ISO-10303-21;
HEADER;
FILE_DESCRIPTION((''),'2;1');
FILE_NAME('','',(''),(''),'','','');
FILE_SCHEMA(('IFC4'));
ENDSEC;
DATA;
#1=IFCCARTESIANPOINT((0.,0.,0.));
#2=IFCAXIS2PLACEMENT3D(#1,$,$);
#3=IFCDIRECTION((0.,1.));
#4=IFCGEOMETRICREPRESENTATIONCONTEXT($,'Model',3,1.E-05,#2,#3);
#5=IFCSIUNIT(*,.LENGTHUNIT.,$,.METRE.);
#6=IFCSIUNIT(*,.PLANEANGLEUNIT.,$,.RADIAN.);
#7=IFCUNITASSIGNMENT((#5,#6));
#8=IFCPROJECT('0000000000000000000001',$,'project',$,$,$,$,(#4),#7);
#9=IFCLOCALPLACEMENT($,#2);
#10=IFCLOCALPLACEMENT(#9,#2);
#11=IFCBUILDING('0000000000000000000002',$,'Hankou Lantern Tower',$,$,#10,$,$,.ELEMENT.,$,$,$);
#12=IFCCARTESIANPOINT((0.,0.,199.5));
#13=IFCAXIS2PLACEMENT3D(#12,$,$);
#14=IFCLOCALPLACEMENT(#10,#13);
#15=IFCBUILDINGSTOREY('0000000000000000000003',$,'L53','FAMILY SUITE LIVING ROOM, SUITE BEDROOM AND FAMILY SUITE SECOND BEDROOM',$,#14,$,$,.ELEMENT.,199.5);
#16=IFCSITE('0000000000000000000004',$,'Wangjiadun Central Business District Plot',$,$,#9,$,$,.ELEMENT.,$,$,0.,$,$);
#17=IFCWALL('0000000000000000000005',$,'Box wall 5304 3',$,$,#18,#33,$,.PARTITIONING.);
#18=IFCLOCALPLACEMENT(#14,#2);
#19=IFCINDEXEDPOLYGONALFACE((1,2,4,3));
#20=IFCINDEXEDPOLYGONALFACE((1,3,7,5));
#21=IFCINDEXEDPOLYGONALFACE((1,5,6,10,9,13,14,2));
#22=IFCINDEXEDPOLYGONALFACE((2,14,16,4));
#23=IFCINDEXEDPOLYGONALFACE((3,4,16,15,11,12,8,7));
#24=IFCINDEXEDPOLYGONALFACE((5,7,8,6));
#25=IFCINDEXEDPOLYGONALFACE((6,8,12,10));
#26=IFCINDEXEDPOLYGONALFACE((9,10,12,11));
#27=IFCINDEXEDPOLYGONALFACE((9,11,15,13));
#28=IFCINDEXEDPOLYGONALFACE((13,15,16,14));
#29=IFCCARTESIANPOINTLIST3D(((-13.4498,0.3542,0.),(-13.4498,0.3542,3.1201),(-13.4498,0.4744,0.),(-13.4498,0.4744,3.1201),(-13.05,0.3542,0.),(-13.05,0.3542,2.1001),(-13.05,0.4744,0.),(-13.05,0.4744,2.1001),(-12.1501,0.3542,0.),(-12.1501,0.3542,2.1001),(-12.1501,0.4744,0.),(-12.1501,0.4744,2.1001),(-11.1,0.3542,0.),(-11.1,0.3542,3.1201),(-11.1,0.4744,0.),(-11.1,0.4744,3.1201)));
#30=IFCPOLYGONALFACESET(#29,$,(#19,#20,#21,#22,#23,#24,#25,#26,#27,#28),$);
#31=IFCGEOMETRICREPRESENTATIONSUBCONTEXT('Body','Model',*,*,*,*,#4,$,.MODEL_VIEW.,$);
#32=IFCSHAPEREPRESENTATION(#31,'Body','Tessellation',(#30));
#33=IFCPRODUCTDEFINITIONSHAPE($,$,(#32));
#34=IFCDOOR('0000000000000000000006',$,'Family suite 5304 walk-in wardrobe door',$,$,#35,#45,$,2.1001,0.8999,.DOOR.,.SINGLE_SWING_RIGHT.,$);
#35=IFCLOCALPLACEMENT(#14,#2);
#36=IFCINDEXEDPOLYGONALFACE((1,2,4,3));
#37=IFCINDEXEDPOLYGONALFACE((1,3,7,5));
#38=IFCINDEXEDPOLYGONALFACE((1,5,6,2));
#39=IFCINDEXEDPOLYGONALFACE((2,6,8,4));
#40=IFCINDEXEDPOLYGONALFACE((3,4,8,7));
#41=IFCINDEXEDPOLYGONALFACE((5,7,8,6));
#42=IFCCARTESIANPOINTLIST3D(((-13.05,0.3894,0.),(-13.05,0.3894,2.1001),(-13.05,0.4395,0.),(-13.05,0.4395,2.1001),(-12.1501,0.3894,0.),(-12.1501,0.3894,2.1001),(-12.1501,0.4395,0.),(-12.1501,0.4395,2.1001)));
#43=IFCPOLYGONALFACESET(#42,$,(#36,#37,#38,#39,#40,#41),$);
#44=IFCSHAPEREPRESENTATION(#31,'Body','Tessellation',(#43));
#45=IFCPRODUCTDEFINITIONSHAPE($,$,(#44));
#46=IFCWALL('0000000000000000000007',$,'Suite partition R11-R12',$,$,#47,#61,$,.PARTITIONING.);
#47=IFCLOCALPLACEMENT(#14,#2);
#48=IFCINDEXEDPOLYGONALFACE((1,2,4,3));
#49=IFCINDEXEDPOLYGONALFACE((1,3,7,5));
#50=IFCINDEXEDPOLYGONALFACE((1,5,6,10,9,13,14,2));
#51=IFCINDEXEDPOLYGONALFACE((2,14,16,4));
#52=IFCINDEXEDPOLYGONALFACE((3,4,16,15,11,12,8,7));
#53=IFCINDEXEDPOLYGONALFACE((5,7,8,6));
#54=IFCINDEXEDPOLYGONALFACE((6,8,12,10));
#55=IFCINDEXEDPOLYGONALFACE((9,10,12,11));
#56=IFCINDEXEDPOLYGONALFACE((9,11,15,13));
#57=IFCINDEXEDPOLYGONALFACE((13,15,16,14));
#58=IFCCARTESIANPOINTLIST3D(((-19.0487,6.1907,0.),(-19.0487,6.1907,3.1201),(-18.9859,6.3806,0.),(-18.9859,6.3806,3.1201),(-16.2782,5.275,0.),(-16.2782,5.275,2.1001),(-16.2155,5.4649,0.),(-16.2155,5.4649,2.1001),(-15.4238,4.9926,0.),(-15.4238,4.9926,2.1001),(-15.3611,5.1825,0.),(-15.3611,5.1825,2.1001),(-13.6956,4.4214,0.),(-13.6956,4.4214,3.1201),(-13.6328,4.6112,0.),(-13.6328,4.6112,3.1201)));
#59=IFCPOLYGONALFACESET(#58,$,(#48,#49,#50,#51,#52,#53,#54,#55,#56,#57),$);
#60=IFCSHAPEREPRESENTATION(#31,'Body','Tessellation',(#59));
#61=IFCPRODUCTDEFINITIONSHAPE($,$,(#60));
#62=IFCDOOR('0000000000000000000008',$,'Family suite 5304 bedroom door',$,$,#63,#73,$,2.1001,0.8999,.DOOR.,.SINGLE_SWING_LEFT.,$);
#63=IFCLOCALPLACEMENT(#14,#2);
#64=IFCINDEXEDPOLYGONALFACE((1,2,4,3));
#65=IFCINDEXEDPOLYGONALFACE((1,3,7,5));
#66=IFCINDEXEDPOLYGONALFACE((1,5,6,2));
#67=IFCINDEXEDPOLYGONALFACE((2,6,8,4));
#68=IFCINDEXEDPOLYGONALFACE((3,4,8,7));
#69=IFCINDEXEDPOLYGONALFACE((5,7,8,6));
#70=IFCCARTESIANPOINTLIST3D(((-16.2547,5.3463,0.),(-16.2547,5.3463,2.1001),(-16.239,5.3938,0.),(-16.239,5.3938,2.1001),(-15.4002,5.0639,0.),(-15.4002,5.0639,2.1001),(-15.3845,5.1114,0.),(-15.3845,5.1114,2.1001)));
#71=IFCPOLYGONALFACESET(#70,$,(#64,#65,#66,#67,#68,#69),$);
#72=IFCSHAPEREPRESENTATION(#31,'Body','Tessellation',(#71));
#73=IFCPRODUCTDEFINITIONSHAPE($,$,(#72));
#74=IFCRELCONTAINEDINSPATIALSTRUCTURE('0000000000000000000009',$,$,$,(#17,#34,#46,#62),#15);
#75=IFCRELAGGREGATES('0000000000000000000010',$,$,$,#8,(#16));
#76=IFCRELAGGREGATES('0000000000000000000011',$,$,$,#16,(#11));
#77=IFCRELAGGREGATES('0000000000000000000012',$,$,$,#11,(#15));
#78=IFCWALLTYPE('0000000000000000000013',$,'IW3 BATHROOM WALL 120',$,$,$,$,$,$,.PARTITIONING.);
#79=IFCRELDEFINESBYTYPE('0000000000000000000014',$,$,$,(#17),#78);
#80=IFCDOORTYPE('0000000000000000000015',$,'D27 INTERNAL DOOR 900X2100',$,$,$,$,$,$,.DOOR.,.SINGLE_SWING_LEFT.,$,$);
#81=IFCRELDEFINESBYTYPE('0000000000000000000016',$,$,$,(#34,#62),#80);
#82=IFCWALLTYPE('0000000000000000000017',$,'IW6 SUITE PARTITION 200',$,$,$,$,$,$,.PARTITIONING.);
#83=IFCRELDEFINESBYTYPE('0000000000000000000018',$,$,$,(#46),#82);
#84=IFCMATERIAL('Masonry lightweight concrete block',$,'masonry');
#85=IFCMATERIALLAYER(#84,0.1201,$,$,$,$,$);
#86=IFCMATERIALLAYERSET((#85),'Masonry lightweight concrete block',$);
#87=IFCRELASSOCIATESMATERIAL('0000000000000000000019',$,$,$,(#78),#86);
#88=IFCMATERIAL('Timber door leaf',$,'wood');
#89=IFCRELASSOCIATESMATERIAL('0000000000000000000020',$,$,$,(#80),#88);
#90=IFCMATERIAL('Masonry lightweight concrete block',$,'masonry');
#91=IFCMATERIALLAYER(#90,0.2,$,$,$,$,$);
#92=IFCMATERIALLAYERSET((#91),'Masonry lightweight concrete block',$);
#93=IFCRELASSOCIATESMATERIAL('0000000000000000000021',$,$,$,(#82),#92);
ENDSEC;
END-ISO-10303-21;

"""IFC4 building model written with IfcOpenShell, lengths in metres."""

from ifc_helpers import new_model, si_unit, direction, frame, frame_2d, origin, place, context, subcontext, project, spatial, rectangle, extrude, material, layer, layer_set, type_object, element, fill, save


model = new_model("IFC4")

# Units and contexts
model_context = context("Model", 3, precision=1e-05, world=origin(), true_north=direction((0.0, 1.0)))
body_context = subcontext(model_context, "Body", "Model", "MODEL_VIEW")
ifc_project = project(units=[si_unit("LENGTHUNIT", "METRE"), si_unit("PLANEANGLEUNIT", "RADIAN")], contexts=[model_context])

# Site, building, storey
site_placement = place(None, origin())
site = spatial("IfcSite", under=ifc_project, at=site_placement, Name="Wangjiadun Central Business District Plot", CompositionType="ELEMENT", RefElevation=0.0)
building_placement = place(site_placement, origin())
building = spatial("IfcBuilding", under=site, at=building_placement, Name="Hankou Lantern Tower", CompositionType="ELEMENT")
storey_placement = place(building_placement, frame((0.0, 0.0, 199.5)))
storey = spatial("IfcBuildingStorey", under=building, at=storey_placement, Name="L53", Description="FAMILY SUITE LIVING ROOM, SUITE BEDROOM AND FAMILY SUITE SECOND BEDROOM", CompositionType="ELEMENT", Elevation=199.5)

# Shared definitions
ifc_material_1 = material(Name="Masonry lightweight concrete block", Category="masonry")
ifc_layer_1 = layer(ifc_material_1, 0.1201)
ifc_layer_set_1 = layer_set([ifc_layer_1], Name="Masonry lightweight concrete block")
wall_type_1 = type_object("IfcWallType", Name="IW3 BATHROOM WALL 120", PredefinedType="PARTITIONING", material=ifc_layer_set_1)

# Walls, openings, doors
wall_1_placement = place(storey_placement, frame((-11.1001, 0.4143, 0.0), z_axis=(0.0, 0.0, 1.0), x_axis=(-1.0, 0.0, 0.0)))
wall_1 = element("IfcWall", 1, at=wall_1_placement, inside=storey, type_object=wall_type_1, Name="Box wall 5304 3", PredefinedType="PARTITIONING", context=body_context, shape_type="SweptSolid", body=[
    extrude(rectangle(XDim=2.3499, YDim=0.1201, at=frame_2d((1.1748, 0.0))), origin(), (0.0, 0.0, 1.0), 3.1201),
])
opening_1_placement = place(wall_1_placement, frame((1.05, 0.0, 0.0)))
opening_1 = element("IfcOpeningElement", 2, at=opening_1_placement, cuts=wall_1, PredefinedType="OPENING", context=body_context, shape_type="SweptSolid", body=[
    extrude(rectangle(XDim=0.8999, YDim=2.1001, at=frame_2d((0.45, 1.05))), frame((0.0, 0.0701, 0.0), z_axis=(0.0, -1.0, 0.0), x_axis=(1.0, 0.0, 0.0)), (0.0, 0.0, 1.0), 0.1401),
])
ifc_material_2 = material(Name="Timber door leaf", Category="wood")
door_type_1 = type_object("IfcDoorType", Name="D27 INTERNAL DOOR 900X2100", OperationType="SINGLE_SWING_LEFT", PredefinedType="DOOR", material=ifc_material_2)
door_1_placement = place(opening_1_placement, origin())
door_1 = element("IfcDoor", 3, at=door_1_placement, inside=storey, type_object=door_type_1, Name="Family suite 5304 walk-in wardrobe door", OperationType="SINGLE_SWING_RIGHT", OverallHeight=2.1001, OverallWidth=0.8999, PredefinedType="DOOR", context=body_context, shape_type="SweptSolid", body=[
    extrude(rectangle(XDim=0.8999, YDim=2.1001, at=frame_2d((0.45, 1.05))), frame((0.0, 0.0249, 0.0), z_axis=(0.0, -1.0, 0.0), x_axis=(1.0, 0.0, 0.0)), (0.0, 0.0, 1.0), 0.05),
])
fill(opening_1, door_1)
ifc_material_3 = material(Name="Masonry lightweight concrete block", Category="masonry")
ifc_layer_2 = layer(ifc_material_3, 0.2)
ifc_layer_set_2 = layer_set([ifc_layer_2], Name="Masonry lightweight concrete block")
wall_type_2 = type_object("IfcWallType", Name="IW6 SUITE PARTITION 200", PredefinedType="PARTITIONING", material=ifc_layer_set_2)
wall_2_placement = place(storey_placement, frame((-13.6643, 4.5164, 0.0), z_axis=(0.0, 0.0, 1.0), x_axis=(-0.949481, 0.313823, 0.0)))
wall_2 = element("IfcWall", 4, at=wall_2_placement, inside=storey, type_object=wall_type_2, Name="Suite partition R11-R12", PredefinedType="PARTITIONING", context=body_context, shape_type="SweptSolid", body=[
    extrude(rectangle(XDim=5.6379, YDim=0.2, at=frame_2d((2.8188, 0.0))), origin(), (0.0, 0.0, 1.0), 3.1201),
])
opening_2_placement = place(wall_2_placement, frame((1.8201, 0.0, 0.0)))
opening_2 = element("IfcOpeningElement", 5, at=opening_2_placement, cuts=wall_2, PredefinedType="OPENING", context=body_context, shape_type="SweptSolid", body=[
    extrude(rectangle(XDim=0.8999, YDim=2.1001, at=frame_2d((0.45, 1.05))), frame((0.0, 0.1099, 0.0), z_axis=(0.0, -1.0, 0.0), x_axis=(1.0, 0.0, 0.0)), (0.0, 0.0, 1.0), 0.22),
])
door_2_placement = place(opening_2_placement, origin())
door_2 = element("IfcDoor", 6, at=door_2_placement, inside=storey, type_object=door_type_1, Name="Family suite 5304 bedroom door", OperationType="SINGLE_SWING_LEFT", OverallHeight=2.1001, OverallWidth=0.8999, PredefinedType="DOOR", context=body_context, shape_type="SweptSolid", body=[
    extrude(rectangle(XDim=0.8999, YDim=2.1001, at=frame_2d((0.45, 1.05))), frame((0.0, 0.0249, 0.0), z_axis=(0.0, -1.0, 0.0), x_axis=(1.0, 0.0, 0.0)), (0.0, 0.0, 1.0), 0.05),
])
fill(opening_2, door_2)

save(model, "model.ifc")
